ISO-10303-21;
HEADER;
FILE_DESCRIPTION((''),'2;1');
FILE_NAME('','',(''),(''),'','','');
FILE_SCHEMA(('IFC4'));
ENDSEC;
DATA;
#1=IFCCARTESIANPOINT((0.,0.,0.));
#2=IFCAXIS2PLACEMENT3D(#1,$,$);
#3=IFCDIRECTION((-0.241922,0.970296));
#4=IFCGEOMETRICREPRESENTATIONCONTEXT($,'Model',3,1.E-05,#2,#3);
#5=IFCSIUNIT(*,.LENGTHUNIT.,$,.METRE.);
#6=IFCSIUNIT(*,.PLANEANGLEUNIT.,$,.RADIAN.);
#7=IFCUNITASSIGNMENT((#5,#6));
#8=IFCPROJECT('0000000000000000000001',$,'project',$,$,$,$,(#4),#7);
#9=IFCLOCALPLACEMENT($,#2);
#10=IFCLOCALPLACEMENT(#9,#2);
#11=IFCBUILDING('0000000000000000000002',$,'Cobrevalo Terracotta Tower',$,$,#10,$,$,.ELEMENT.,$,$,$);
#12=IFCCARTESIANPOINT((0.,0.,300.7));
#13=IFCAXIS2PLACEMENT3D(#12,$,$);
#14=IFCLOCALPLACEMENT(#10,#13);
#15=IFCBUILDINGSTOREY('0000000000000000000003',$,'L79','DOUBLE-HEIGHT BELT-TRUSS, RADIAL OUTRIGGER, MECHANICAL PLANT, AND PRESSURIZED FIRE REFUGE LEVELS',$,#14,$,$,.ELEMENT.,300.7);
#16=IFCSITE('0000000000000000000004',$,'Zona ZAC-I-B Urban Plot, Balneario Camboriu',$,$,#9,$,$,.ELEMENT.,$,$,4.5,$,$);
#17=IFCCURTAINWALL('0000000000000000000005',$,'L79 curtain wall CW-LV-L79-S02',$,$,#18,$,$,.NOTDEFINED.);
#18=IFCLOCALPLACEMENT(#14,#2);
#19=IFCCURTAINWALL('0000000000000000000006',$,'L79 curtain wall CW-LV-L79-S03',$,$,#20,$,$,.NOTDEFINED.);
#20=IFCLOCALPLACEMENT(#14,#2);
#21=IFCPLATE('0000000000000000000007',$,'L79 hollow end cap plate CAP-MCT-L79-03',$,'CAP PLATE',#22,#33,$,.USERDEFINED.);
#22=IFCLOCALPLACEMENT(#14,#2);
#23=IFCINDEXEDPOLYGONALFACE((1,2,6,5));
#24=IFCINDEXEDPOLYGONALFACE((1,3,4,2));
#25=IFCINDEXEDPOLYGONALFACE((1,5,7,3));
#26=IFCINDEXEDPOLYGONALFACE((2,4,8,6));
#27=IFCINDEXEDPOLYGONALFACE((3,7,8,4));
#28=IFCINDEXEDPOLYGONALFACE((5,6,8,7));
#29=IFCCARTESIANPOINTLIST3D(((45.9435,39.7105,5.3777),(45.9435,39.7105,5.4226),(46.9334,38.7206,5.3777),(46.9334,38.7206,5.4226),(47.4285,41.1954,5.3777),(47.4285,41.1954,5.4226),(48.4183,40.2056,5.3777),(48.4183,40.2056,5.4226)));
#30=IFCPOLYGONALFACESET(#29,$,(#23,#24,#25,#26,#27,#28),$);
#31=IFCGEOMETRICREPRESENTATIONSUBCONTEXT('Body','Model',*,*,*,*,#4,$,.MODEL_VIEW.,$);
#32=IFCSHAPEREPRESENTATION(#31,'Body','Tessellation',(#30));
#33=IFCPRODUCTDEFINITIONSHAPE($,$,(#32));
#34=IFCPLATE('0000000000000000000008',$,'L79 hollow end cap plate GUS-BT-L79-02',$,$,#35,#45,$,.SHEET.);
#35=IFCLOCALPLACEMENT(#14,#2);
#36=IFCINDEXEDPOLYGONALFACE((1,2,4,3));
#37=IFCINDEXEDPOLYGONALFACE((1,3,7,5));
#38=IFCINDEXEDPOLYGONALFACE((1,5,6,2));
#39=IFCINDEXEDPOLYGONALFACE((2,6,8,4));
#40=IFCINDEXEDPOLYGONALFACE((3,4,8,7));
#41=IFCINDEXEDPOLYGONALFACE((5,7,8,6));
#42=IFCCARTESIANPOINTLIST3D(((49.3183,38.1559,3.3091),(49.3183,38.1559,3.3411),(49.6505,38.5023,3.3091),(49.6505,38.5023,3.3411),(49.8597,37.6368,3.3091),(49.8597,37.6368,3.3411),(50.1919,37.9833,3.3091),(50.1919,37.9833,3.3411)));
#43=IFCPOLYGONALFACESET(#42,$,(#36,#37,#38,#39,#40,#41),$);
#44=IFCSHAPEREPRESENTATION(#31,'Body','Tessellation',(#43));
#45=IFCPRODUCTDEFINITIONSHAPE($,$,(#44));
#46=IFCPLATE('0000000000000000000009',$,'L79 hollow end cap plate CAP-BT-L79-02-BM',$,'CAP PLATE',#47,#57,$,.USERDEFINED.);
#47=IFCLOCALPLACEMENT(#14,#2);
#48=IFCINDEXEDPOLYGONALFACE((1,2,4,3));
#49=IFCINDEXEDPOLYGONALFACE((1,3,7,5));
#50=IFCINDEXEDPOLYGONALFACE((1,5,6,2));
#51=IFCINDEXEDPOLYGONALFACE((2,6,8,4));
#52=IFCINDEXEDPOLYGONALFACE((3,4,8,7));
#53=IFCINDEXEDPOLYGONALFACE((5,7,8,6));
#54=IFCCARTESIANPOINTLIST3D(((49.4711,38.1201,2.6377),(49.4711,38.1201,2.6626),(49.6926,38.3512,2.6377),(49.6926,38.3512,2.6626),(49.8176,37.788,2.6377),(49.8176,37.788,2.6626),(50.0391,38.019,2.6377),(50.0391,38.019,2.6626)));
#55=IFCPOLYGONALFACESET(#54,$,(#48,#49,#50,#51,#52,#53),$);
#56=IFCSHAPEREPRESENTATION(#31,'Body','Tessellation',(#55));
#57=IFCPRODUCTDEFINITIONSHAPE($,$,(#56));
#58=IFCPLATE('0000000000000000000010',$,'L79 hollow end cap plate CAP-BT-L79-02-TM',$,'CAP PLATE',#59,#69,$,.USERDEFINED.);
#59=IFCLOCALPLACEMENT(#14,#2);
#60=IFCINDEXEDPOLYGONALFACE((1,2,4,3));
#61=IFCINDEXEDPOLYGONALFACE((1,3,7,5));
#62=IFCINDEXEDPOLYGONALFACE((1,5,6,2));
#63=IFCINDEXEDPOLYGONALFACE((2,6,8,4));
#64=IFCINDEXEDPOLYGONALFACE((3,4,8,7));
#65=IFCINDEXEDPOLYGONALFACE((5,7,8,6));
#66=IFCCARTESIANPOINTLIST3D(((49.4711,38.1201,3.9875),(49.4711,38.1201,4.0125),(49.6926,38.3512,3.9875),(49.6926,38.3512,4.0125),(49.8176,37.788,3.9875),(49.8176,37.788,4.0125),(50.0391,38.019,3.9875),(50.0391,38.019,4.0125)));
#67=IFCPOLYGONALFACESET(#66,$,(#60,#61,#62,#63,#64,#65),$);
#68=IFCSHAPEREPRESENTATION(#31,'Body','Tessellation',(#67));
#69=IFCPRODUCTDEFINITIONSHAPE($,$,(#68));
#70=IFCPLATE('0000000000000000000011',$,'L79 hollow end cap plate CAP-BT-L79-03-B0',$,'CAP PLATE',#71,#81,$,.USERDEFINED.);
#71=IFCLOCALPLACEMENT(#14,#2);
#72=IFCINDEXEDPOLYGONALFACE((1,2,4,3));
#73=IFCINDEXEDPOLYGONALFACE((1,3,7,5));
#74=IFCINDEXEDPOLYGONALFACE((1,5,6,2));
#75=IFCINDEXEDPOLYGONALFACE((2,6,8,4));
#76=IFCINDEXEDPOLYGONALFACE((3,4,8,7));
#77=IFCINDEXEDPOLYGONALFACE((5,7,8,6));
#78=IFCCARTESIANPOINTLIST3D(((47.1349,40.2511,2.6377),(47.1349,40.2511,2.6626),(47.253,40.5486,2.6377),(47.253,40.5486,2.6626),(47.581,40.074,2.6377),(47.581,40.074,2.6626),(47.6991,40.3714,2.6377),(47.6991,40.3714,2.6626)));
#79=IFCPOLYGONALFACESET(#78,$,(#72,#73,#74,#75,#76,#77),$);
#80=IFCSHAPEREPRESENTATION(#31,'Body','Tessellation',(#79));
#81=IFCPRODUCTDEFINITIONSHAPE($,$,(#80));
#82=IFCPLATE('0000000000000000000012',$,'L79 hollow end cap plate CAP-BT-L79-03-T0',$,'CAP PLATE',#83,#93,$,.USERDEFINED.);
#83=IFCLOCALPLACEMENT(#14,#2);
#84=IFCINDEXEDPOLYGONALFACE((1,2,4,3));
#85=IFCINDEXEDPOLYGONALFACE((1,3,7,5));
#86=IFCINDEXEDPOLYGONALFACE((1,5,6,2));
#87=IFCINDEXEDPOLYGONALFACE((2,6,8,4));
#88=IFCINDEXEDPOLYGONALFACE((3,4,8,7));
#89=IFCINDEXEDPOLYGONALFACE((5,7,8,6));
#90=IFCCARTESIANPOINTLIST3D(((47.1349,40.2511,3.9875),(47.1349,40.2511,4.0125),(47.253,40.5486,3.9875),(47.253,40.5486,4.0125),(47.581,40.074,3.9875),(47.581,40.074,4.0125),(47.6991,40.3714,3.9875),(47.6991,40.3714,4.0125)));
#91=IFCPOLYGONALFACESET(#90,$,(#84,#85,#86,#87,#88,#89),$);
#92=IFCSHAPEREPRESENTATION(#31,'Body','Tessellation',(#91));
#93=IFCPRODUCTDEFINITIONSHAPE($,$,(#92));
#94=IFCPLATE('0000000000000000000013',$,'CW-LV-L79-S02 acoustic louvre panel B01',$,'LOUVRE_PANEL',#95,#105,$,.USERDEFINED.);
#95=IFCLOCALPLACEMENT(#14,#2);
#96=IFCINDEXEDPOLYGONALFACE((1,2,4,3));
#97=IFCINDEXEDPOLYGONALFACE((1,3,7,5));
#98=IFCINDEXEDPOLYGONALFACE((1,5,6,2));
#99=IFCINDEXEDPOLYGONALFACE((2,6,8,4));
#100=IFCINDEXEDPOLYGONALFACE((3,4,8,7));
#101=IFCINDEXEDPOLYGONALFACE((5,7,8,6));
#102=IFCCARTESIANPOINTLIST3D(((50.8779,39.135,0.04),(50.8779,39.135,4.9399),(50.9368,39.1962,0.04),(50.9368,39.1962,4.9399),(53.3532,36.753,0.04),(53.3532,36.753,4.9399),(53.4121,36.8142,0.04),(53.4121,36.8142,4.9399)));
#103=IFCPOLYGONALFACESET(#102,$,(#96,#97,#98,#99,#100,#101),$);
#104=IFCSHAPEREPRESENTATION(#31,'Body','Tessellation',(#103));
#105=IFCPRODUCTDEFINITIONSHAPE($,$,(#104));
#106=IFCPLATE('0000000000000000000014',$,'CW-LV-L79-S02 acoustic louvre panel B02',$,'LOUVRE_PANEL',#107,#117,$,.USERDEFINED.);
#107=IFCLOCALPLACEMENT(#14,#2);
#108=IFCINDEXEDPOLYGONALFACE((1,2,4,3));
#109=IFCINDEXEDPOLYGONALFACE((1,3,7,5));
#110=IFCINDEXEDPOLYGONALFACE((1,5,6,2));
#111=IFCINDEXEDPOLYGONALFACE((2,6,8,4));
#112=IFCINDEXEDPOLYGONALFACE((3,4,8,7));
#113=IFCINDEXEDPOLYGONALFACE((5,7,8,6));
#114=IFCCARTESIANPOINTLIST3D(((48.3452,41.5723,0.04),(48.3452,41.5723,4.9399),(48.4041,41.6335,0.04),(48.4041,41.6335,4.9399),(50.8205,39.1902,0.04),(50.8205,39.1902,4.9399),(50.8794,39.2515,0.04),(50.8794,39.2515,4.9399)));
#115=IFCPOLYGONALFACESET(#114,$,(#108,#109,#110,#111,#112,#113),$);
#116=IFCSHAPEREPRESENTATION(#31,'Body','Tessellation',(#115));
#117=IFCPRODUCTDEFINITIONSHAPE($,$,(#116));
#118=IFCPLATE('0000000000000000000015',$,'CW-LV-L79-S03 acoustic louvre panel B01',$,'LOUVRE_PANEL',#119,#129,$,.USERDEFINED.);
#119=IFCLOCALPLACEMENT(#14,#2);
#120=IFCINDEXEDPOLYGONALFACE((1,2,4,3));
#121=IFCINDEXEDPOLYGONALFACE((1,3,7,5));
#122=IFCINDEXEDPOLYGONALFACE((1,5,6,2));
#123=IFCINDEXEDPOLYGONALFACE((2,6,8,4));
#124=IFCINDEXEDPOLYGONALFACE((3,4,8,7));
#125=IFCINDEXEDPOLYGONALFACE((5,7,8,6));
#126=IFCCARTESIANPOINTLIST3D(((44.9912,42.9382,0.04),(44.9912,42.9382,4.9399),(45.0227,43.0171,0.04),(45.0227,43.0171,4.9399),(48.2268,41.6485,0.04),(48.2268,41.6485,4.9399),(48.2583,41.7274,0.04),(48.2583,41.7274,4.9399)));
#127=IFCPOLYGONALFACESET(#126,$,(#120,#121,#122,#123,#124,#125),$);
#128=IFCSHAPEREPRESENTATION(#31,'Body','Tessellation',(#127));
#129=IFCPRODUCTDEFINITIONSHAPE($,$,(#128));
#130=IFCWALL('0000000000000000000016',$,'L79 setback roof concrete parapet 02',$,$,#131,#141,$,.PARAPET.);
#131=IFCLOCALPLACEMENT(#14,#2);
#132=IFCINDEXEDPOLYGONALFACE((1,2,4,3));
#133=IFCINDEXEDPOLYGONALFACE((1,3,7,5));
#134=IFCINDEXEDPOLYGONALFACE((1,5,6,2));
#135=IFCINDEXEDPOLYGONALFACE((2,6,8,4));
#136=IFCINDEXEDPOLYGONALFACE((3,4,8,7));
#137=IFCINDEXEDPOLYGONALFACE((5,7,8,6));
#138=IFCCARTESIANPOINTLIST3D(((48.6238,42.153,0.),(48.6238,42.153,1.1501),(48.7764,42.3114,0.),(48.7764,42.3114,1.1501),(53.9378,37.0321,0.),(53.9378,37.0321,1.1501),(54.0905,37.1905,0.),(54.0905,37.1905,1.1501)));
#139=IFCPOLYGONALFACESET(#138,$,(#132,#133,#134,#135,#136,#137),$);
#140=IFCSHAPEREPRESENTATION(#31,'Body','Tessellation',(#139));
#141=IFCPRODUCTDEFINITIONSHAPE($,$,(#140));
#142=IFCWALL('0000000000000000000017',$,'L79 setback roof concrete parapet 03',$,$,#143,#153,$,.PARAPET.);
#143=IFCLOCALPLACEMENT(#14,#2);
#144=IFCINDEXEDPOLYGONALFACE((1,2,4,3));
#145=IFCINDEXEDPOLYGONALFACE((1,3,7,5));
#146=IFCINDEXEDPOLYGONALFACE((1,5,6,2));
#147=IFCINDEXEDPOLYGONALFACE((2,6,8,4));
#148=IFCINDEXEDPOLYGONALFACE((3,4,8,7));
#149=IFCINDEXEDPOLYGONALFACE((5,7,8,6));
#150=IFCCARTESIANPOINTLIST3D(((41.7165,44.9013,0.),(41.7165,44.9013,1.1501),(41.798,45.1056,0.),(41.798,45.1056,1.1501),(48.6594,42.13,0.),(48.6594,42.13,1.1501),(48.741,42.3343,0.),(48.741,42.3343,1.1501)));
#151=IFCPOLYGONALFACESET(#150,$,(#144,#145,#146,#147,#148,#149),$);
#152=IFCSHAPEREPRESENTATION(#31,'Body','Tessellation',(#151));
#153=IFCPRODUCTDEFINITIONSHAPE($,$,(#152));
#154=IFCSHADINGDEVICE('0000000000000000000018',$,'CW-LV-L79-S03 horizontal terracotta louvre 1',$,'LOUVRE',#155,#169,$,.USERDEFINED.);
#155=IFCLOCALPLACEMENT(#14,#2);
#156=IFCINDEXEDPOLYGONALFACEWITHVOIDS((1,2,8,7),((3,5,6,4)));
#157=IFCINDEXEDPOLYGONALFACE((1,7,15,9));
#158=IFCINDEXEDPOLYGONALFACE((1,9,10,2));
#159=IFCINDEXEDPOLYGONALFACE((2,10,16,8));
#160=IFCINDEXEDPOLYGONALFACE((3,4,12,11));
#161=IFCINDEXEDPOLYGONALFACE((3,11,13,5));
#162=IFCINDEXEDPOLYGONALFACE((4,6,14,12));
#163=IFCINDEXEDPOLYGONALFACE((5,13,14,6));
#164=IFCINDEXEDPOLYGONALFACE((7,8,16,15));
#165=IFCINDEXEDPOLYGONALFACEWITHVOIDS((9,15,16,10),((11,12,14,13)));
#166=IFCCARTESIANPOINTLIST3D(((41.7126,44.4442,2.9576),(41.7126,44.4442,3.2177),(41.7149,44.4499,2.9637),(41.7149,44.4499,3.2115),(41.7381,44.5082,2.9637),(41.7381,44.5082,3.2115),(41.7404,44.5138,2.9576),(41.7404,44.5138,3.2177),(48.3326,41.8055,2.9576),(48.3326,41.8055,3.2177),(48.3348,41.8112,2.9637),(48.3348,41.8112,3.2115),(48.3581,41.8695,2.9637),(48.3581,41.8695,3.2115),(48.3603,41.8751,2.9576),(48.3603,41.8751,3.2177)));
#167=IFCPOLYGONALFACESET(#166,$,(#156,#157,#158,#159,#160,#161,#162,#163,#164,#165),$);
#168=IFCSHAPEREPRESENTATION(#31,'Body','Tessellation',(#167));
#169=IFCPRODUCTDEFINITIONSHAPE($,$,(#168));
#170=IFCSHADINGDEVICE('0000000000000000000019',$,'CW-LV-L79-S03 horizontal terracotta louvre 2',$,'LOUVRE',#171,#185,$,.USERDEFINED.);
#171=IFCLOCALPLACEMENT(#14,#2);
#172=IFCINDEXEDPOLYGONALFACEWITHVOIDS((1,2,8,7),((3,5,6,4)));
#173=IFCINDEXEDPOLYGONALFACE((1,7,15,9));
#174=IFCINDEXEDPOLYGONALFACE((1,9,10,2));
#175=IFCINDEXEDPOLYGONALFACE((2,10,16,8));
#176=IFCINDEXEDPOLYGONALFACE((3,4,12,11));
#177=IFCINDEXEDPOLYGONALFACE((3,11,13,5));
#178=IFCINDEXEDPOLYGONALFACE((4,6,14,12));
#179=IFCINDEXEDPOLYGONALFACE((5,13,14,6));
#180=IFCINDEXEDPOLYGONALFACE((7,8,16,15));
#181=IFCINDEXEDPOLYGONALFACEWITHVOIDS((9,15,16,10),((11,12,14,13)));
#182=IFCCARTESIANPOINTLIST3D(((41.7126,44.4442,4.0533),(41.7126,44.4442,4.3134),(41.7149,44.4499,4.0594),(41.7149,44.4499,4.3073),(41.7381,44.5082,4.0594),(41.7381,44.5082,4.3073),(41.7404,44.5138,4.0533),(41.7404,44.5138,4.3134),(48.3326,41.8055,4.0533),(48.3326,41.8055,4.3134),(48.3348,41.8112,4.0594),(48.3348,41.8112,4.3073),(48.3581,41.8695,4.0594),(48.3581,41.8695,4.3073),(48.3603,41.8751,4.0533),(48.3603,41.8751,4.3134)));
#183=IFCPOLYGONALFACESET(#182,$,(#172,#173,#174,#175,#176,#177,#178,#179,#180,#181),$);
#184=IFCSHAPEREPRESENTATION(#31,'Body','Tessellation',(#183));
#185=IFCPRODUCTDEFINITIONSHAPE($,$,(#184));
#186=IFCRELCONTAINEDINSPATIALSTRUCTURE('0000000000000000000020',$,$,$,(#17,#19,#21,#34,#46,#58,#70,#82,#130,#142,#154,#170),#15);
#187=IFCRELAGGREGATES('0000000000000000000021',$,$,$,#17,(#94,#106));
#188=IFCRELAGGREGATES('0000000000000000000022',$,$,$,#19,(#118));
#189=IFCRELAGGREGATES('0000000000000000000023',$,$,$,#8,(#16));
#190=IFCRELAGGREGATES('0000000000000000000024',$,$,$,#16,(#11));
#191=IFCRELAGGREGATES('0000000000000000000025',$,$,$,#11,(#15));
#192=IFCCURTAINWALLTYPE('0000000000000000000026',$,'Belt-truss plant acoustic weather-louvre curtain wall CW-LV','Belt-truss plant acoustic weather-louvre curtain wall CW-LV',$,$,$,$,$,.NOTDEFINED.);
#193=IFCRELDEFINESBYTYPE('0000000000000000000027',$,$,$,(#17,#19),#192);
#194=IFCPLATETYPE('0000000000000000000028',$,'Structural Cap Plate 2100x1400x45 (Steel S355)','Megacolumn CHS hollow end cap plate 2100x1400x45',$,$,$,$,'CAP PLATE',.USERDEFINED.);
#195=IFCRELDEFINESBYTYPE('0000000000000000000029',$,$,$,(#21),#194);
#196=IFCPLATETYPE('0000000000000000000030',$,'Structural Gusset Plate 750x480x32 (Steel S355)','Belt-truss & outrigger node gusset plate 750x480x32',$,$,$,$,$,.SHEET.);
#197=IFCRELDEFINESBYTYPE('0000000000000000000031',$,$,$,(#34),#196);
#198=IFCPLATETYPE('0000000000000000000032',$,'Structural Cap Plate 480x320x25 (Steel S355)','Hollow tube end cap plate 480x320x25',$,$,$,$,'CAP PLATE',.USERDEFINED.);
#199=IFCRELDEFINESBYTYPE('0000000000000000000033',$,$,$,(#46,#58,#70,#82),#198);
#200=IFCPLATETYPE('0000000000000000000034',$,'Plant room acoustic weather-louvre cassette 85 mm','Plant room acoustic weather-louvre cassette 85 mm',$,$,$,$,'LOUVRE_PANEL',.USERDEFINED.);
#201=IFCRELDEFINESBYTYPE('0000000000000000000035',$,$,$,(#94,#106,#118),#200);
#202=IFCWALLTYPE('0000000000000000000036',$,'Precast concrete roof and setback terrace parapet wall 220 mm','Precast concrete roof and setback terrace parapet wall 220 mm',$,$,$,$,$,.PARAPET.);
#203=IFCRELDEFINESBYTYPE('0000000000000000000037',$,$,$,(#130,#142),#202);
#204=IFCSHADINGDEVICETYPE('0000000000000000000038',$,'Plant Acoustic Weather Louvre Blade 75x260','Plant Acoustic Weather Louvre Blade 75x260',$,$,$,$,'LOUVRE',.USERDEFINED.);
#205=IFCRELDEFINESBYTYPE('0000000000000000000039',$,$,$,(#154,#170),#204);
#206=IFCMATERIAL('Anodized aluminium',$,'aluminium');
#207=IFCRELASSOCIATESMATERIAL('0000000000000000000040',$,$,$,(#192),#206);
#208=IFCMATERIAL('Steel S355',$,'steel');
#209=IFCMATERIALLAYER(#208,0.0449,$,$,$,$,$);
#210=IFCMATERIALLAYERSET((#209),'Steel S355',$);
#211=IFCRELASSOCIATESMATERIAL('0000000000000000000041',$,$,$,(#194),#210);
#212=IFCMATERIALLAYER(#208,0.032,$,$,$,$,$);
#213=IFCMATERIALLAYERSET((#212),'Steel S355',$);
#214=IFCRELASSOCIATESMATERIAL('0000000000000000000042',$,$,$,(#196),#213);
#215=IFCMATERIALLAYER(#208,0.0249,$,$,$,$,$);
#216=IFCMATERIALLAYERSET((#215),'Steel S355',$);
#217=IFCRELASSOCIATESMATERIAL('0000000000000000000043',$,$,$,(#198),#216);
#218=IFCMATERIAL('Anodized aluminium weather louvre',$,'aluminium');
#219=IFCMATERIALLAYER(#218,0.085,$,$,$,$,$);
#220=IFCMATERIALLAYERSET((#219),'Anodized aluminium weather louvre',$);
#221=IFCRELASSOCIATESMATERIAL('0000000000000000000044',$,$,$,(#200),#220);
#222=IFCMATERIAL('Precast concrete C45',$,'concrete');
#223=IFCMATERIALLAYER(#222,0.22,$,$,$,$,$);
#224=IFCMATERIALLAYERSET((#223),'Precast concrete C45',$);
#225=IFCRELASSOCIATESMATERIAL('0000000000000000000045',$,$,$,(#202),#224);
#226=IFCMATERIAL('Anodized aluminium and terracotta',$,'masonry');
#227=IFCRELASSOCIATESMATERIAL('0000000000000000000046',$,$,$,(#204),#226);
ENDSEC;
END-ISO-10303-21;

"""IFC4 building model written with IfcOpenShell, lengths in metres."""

from ifc_helpers import new_model, si_unit, direction, frame, frame_2d, origin, origin_2d, place, context, subcontext, project, spatial, rectangle, hollow_rectangle, extrude, source, transform, mapped, material, layer, layer_set, material_profile, profile_set, type_object, element, aggregate, save


model = new_model("IFC4")

# Units and contexts
model_context = context("Model", 3, precision=1e-05, world=origin(), true_north=direction((-0.241922, 0.970296)))
body_context = subcontext(model_context, "Body", "Model", "MODEL_VIEW")
ifc_project = project(units=[si_unit("LENGTHUNIT", "METRE"), si_unit("PLANEANGLEUNIT", "RADIAN")], contexts=[model_context])

# Site, building, storey
site_placement = place(None, origin())
site = spatial("IfcSite", under=ifc_project, at=site_placement, Name="Zona ZAC-I-B Urban Plot, Balneario Camboriu", CompositionType="ELEMENT", RefElevation=4.5)
building_placement = place(site_placement, origin())
building = spatial("IfcBuilding", under=site, at=building_placement, Name="Cobrevalo Terracotta Tower", CompositionType="ELEMENT")
storey_placement = place(building_placement, frame((0.0, 0.0, 300.7)))
storey = spatial("IfcBuildingStorey", under=building, at=storey_placement, Name="L79", Description="DOUBLE-HEIGHT BELT-TRUSS, RADIAL OUTRIGGER, MECHANICAL PLANT, AND PRESSURIZED FIRE REFUGE LEVELS", CompositionType="ELEMENT", Elevation=300.7)

# Shared definitions
ifc_material_1 = material(Name="Steel S355", Category="steel")

# Curtain walls
ifc_material_2 = material(Name="Anodized aluminium", Category="aluminium")
curtain_wall_type = type_object("IfcCurtainWallType", Name="Belt-truss plant acoustic weather-louvre curtain wall CW-LV", Description="Belt-truss plant acoustic weather-louvre curtain wall CW-LV", PredefinedType="NOTDEFINED", material=ifc_material_2)
curtain_wall_1_placement = place(storey_placement, origin())
curtain_wall_1 = element("IfcCurtainWall", 1, at=curtain_wall_1_placement, inside=storey, type_object=curtain_wall_type, Name="L79 curtain wall CW-LV-L79-S02", PredefinedType="NOTDEFINED")
curtain_wall_2_placement = place(storey_placement, origin())
curtain_wall_2 = element("IfcCurtainWall", 2, at=curtain_wall_2_placement, inside=storey, type_object=curtain_wall_type, Name="L79 curtain wall CW-LV-L79-S03", PredefinedType="NOTDEFINED")

# Plates
ifc_layer_1 = layer(ifc_material_1, 0.0449)
ifc_layer_set_1 = layer_set([ifc_layer_1], Name="Steel S355")
plate_type_1 = type_object("IfcPlateType", Name="Structural Cap Plate 2100x1400x45 (Steel S355)", Description="Megacolumn CHS hollow end cap plate 2100x1400x45", ElementType="CAP PLATE", PredefinedType="USERDEFINED", material=ifc_layer_set_1)
shared_shape_1 = source(origin(), body_context, "Body", "SweptSolid", [
    extrude(rectangle(XDim=2.1001, YDim=1.3999, at=origin_2d()), origin(), (0.0, 0.0, 1.0), 0.0449),
])
plate_1_placement = place(storey_placement, frame((47.1809, 39.958, 5.3777), z_axis=(0.0, 0.0, 1.0), x_axis=(0.707107, 0.707107, 0.0)))
element("IfcPlate", 3, at=plate_1_placement, inside=storey, type_object=plate_type_1, Name="L79 hollow end cap plate CAP-MCT-L79-03", ObjectType="CAP PLATE", PredefinedType="USERDEFINED", context=body_context, shape_type="MappedRepresentation", body=[
    mapped(shared_shape_1, transform((0.0, 0.0, 0.0), scale=1.0)),
])
ifc_layer_2 = layer(ifc_material_1, 0.032)
ifc_layer_set_2 = layer_set([ifc_layer_2], Name="Steel S355")
plate_type_2 = type_object("IfcPlateType", Name="Structural Gusset Plate 750x480x32 (Steel S355)", Description="Belt-truss & outrigger node gusset plate 750x480x32", PredefinedType="SHEET", material=ifc_layer_set_2)
shared_shape_2 = source(origin(), body_context, "Body", "SweptSolid", [
    extrude(rectangle(XDim=0.75, YDim=0.48, at=origin_2d()), origin(), (0.0, 0.0, 1.0), 0.032),
])
plate_2_placement = place(storey_placement, frame((49.7551, 38.0696, 3.3091), z_axis=(0.0, 0.0, 1.0), x_axis=(-0.721856, 0.692044, 0.0)))
element("IfcPlate", 4, at=plate_2_placement, inside=storey, type_object=plate_type_2, Name="L79 hollow end cap plate GUS-BT-L79-02", PredefinedType="SHEET", context=body_context, shape_type="MappedRepresentation", body=[
    mapped(shared_shape_2, transform((0.0, 0.0, 0.0), scale=1.0)),
])
ifc_layer_3 = layer(ifc_material_1, 0.0249)
ifc_layer_set_3 = layer_set([ifc_layer_3], Name="Steel S355")
plate_type_3 = type_object("IfcPlateType", Name="Structural Cap Plate 480x320x25 (Steel S355)", Description="Hollow tube end cap plate 480x320x25", ElementType="CAP PLATE", PredefinedType="USERDEFINED", material=ifc_layer_set_3)
shared_shape_3 = source(origin(), body_context, "Body", "SweptSolid", [
    extrude(rectangle(XDim=0.48, YDim=0.3201, at=origin_2d()), origin(), (0.0, 0.0, 1.0), 0.0249),
])
for number, where, z_axis, x_axis, name in (
    (5, (49.7551, 38.0696, 2.6377), (0.0, 0.0, 1.0), (-0.721856, 0.692044, 0.0), "L79 hollow end cap plate CAP-BT-L79-02-BM"),
    (6, (49.7551, 38.0696, 3.9875), (0.0, 0.0, 1.0), (-0.721856, 0.692044, 0.0), "L79 hollow end cap plate CAP-BT-L79-02-TM"),
    (7, (47.417, 40.3113, 2.6377), (0.0, 0.0, 1.0), (-0.929401, 0.369072, 0.0), "L79 hollow end cap plate CAP-BT-L79-03-B0"),
    (8, (47.417, 40.3113, 3.9875), (0.0, 0.0, 1.0), (-0.929401, 0.369072, 0.0), "L79 hollow end cap plate CAP-BT-L79-03-T0"),
):
    element("IfcPlate", number, at=place(storey_placement, frame(where, z_axis=z_axis, x_axis=x_axis)), inside=storey, type_object=plate_type_3, Name=name, ObjectType="CAP PLATE", PredefinedType="USERDEFINED", context=body_context, shape_type="MappedRepresentation", body=[
        mapped(shared_shape_3, transform((0.0, 0.0, 0.0), scale=1.0)),
    ])

# Plates
ifc_material_3 = material(Name="Anodized aluminium weather louvre", Category="aluminium")
ifc_layer_4 = layer(ifc_material_3, 0.085)
ifc_layer_set_4 = layer_set([ifc_layer_4], Name="Anodized aluminium weather louvre")
plate_type_4 = type_object("IfcPlateType", Name="Plant room acoustic weather-louvre cassette 85 mm", Description="Plant room acoustic weather-louvre cassette 85 mm", ElementType="LOUVRE_PANEL", PredefinedType="USERDEFINED", material=ifc_layer_set_4)
shared_shape_4 = source(origin(), body_context, "Body", "SweptSolid", [
    extrude(rectangle(XDim=3.4353, YDim=0.085, at=origin_2d()), origin(), (0.0, 0.0, 1.0), 4.8999),
])
plate_3_placement = place(storey_placement, frame((52.145, 37.9746, 0.04), z_axis=(0.0, 0.0, 1.0), x_axis=(-0.720557, 0.693396, 0.0)))
plate_3 = element("IfcPlate", 9, at=plate_3_placement, type_object=plate_type_4, Name="CW-LV-L79-S02 acoustic louvre panel B01", ObjectType="LOUVRE_PANEL", PredefinedType="USERDEFINED", context=body_context, shape_type="MappedRepresentation", body=[
    mapped(shared_shape_4, transform((0.0, 0.0, 0.0), scale=1.0)),
])
plate_4_placement = place(storey_placement, frame((49.6123, 40.4119, 0.04), z_axis=(0.0, 0.0, 1.0), x_axis=(-0.720557, 0.693396, 0.0)))
plate_4 = element("IfcPlate", 10, at=plate_4_placement, type_object=plate_type_4, Name="CW-LV-L79-S02 acoustic louvre panel B02", ObjectType="LOUVRE_PANEL", PredefinedType="USERDEFINED", context=body_context, shape_type="MappedRepresentation", body=[
    mapped(shared_shape_4, transform((0.0, 0.0, 0.0), scale=1.0)),
])
aggregate(curtain_wall_1, [plate_3, plate_4])
shared_shape_5 = source(origin(), body_context, "Body", "SweptSolid", [
    extrude(rectangle(XDim=3.4832, YDim=0.085, at=origin_2d()), origin(), (0.0, 0.0, 1.0), 4.8999),
])
plate_5_placement = place(storey_placement, frame((46.6248, 42.3328, 0.04), z_axis=(0.0, 0.0, 1.0), x_axis=(-0.928925, 0.370269, 0.0)))
plate_5 = element("IfcPlate", 11, at=plate_5_placement, type_object=plate_type_4, Name="CW-LV-L79-S03 acoustic louvre panel B01", ObjectType="LOUVRE_PANEL", PredefinedType="USERDEFINED", context=body_context, shape_type="MappedRepresentation", body=[
    mapped(shared_shape_5, transform((0.0, 0.0, 0.0), scale=1.0)),
])
aggregate(curtain_wall_2, [plate_5])

# Walls
ifc_material_4 = material(Name="Precast concrete C45", Category="concrete")
ifc_layer_5 = layer(ifc_material_4, 0.22)
ifc_layer_set_5 = layer_set([ifc_layer_5], Name="Precast concrete C45")
wall_type = type_object("IfcWallType", Name="Precast concrete roof and setback terrace parapet wall 220 mm", Description="Precast concrete roof and setback terrace parapet wall 220 mm", PredefinedType="PARAPET", material=ifc_layer_set_5)
wall_1_placement = place(storey_placement, frame((54.0142, 37.1113, 0.0), z_axis=(0.0, 0.0, 1.0), x_axis=(-0.72007, 0.693902, 0.0)))
element("IfcWall", 12, at=wall_1_placement, inside=storey, type_object=wall_type, Name="L79 setback roof concrete parapet 02", PredefinedType="PARAPET", context=body_context, shape_type="SweptSolid", body=[
    extrude(rectangle(XDim=7.3799, YDim=0.22, at=frame_2d((3.6899, 0.0))), origin(), (0.0, 0.0, 1.0), 1.1501),
])
wall_2_placement = place(storey_placement, frame((48.7002, 42.2322, 0.0), z_axis=(0.0, 0.0, 1.0), x_axis=(-0.928749, 0.370709, 0.0)))
element("IfcWall", 13, at=wall_2_placement, inside=storey, type_object=wall_type, Name="L79 setback roof concrete parapet 03", PredefinedType="PARAPET", context=body_context, shape_type="SweptSolid", body=[
    extrude(rectangle(XDim=7.4756, YDim=0.22, at=frame_2d((3.7378, 0.0))), origin(), (0.0, 0.0, 1.0), 1.1501),
])

# Shading devices
ifc_material_5 = material(Name="Anodized aluminium and terracotta", Category="masonry")
ifc_material_profile_1 = material_profile(ifc_material_5, hollow_rectangle(XDim=0.075, YDim=0.26, WallThickness=0.0061, at=origin_2d()), Name="LOUVRE BLADE 75x260")
ifc_profile_set_1 = profile_set([ifc_material_profile_1], Name="Anodized aluminium and terracotta")
shading_device_type = type_object("IfcShadingDeviceType", Name="Plant Acoustic Weather Louvre Blade 75x260", Description="Plant Acoustic Weather Louvre Blade 75x260", ElementType="LOUVRE", PredefinedType="USERDEFINED", material=ifc_profile_set_1)
shared_shape_6 = source(origin(), body_context, "Body", "SweptSolid", [
    extrude(hollow_rectangle(XDim=0.075, YDim=0.26, WallThickness=0.0061, at=origin_2d()), origin(), (0.0, 0.0, 1.0), 7.1265),
])
for number, where, z_axis, x_axis, name in (
    (14, (48.3464, 41.8403, 3.0876), (-0.928925, 0.370268, 0.0), (-0.370268, -0.928925, 0.0), "CW-LV-L79-S03 horizontal terracotta louvre 1"),
    (15, (48.3464, 41.8403, 4.1833), (-0.928925, 0.370268, 0.0), (-0.370268, -0.928925, 0.0), "CW-LV-L79-S03 horizontal terracotta louvre 2"),
):
    element("IfcShadingDevice", number, at=place(storey_placement, frame(where, z_axis=z_axis, x_axis=x_axis)), inside=storey, type_object=shading_device_type, Name=name, ObjectType="LOUVRE", PredefinedType="USERDEFINED", context=body_context, shape_type="MappedRepresentation", body=[
        mapped(shared_shape_6, transform((0.0, 0.0, 0.0), scale=1.0)),
    ])

save(model, "model.ifc")
